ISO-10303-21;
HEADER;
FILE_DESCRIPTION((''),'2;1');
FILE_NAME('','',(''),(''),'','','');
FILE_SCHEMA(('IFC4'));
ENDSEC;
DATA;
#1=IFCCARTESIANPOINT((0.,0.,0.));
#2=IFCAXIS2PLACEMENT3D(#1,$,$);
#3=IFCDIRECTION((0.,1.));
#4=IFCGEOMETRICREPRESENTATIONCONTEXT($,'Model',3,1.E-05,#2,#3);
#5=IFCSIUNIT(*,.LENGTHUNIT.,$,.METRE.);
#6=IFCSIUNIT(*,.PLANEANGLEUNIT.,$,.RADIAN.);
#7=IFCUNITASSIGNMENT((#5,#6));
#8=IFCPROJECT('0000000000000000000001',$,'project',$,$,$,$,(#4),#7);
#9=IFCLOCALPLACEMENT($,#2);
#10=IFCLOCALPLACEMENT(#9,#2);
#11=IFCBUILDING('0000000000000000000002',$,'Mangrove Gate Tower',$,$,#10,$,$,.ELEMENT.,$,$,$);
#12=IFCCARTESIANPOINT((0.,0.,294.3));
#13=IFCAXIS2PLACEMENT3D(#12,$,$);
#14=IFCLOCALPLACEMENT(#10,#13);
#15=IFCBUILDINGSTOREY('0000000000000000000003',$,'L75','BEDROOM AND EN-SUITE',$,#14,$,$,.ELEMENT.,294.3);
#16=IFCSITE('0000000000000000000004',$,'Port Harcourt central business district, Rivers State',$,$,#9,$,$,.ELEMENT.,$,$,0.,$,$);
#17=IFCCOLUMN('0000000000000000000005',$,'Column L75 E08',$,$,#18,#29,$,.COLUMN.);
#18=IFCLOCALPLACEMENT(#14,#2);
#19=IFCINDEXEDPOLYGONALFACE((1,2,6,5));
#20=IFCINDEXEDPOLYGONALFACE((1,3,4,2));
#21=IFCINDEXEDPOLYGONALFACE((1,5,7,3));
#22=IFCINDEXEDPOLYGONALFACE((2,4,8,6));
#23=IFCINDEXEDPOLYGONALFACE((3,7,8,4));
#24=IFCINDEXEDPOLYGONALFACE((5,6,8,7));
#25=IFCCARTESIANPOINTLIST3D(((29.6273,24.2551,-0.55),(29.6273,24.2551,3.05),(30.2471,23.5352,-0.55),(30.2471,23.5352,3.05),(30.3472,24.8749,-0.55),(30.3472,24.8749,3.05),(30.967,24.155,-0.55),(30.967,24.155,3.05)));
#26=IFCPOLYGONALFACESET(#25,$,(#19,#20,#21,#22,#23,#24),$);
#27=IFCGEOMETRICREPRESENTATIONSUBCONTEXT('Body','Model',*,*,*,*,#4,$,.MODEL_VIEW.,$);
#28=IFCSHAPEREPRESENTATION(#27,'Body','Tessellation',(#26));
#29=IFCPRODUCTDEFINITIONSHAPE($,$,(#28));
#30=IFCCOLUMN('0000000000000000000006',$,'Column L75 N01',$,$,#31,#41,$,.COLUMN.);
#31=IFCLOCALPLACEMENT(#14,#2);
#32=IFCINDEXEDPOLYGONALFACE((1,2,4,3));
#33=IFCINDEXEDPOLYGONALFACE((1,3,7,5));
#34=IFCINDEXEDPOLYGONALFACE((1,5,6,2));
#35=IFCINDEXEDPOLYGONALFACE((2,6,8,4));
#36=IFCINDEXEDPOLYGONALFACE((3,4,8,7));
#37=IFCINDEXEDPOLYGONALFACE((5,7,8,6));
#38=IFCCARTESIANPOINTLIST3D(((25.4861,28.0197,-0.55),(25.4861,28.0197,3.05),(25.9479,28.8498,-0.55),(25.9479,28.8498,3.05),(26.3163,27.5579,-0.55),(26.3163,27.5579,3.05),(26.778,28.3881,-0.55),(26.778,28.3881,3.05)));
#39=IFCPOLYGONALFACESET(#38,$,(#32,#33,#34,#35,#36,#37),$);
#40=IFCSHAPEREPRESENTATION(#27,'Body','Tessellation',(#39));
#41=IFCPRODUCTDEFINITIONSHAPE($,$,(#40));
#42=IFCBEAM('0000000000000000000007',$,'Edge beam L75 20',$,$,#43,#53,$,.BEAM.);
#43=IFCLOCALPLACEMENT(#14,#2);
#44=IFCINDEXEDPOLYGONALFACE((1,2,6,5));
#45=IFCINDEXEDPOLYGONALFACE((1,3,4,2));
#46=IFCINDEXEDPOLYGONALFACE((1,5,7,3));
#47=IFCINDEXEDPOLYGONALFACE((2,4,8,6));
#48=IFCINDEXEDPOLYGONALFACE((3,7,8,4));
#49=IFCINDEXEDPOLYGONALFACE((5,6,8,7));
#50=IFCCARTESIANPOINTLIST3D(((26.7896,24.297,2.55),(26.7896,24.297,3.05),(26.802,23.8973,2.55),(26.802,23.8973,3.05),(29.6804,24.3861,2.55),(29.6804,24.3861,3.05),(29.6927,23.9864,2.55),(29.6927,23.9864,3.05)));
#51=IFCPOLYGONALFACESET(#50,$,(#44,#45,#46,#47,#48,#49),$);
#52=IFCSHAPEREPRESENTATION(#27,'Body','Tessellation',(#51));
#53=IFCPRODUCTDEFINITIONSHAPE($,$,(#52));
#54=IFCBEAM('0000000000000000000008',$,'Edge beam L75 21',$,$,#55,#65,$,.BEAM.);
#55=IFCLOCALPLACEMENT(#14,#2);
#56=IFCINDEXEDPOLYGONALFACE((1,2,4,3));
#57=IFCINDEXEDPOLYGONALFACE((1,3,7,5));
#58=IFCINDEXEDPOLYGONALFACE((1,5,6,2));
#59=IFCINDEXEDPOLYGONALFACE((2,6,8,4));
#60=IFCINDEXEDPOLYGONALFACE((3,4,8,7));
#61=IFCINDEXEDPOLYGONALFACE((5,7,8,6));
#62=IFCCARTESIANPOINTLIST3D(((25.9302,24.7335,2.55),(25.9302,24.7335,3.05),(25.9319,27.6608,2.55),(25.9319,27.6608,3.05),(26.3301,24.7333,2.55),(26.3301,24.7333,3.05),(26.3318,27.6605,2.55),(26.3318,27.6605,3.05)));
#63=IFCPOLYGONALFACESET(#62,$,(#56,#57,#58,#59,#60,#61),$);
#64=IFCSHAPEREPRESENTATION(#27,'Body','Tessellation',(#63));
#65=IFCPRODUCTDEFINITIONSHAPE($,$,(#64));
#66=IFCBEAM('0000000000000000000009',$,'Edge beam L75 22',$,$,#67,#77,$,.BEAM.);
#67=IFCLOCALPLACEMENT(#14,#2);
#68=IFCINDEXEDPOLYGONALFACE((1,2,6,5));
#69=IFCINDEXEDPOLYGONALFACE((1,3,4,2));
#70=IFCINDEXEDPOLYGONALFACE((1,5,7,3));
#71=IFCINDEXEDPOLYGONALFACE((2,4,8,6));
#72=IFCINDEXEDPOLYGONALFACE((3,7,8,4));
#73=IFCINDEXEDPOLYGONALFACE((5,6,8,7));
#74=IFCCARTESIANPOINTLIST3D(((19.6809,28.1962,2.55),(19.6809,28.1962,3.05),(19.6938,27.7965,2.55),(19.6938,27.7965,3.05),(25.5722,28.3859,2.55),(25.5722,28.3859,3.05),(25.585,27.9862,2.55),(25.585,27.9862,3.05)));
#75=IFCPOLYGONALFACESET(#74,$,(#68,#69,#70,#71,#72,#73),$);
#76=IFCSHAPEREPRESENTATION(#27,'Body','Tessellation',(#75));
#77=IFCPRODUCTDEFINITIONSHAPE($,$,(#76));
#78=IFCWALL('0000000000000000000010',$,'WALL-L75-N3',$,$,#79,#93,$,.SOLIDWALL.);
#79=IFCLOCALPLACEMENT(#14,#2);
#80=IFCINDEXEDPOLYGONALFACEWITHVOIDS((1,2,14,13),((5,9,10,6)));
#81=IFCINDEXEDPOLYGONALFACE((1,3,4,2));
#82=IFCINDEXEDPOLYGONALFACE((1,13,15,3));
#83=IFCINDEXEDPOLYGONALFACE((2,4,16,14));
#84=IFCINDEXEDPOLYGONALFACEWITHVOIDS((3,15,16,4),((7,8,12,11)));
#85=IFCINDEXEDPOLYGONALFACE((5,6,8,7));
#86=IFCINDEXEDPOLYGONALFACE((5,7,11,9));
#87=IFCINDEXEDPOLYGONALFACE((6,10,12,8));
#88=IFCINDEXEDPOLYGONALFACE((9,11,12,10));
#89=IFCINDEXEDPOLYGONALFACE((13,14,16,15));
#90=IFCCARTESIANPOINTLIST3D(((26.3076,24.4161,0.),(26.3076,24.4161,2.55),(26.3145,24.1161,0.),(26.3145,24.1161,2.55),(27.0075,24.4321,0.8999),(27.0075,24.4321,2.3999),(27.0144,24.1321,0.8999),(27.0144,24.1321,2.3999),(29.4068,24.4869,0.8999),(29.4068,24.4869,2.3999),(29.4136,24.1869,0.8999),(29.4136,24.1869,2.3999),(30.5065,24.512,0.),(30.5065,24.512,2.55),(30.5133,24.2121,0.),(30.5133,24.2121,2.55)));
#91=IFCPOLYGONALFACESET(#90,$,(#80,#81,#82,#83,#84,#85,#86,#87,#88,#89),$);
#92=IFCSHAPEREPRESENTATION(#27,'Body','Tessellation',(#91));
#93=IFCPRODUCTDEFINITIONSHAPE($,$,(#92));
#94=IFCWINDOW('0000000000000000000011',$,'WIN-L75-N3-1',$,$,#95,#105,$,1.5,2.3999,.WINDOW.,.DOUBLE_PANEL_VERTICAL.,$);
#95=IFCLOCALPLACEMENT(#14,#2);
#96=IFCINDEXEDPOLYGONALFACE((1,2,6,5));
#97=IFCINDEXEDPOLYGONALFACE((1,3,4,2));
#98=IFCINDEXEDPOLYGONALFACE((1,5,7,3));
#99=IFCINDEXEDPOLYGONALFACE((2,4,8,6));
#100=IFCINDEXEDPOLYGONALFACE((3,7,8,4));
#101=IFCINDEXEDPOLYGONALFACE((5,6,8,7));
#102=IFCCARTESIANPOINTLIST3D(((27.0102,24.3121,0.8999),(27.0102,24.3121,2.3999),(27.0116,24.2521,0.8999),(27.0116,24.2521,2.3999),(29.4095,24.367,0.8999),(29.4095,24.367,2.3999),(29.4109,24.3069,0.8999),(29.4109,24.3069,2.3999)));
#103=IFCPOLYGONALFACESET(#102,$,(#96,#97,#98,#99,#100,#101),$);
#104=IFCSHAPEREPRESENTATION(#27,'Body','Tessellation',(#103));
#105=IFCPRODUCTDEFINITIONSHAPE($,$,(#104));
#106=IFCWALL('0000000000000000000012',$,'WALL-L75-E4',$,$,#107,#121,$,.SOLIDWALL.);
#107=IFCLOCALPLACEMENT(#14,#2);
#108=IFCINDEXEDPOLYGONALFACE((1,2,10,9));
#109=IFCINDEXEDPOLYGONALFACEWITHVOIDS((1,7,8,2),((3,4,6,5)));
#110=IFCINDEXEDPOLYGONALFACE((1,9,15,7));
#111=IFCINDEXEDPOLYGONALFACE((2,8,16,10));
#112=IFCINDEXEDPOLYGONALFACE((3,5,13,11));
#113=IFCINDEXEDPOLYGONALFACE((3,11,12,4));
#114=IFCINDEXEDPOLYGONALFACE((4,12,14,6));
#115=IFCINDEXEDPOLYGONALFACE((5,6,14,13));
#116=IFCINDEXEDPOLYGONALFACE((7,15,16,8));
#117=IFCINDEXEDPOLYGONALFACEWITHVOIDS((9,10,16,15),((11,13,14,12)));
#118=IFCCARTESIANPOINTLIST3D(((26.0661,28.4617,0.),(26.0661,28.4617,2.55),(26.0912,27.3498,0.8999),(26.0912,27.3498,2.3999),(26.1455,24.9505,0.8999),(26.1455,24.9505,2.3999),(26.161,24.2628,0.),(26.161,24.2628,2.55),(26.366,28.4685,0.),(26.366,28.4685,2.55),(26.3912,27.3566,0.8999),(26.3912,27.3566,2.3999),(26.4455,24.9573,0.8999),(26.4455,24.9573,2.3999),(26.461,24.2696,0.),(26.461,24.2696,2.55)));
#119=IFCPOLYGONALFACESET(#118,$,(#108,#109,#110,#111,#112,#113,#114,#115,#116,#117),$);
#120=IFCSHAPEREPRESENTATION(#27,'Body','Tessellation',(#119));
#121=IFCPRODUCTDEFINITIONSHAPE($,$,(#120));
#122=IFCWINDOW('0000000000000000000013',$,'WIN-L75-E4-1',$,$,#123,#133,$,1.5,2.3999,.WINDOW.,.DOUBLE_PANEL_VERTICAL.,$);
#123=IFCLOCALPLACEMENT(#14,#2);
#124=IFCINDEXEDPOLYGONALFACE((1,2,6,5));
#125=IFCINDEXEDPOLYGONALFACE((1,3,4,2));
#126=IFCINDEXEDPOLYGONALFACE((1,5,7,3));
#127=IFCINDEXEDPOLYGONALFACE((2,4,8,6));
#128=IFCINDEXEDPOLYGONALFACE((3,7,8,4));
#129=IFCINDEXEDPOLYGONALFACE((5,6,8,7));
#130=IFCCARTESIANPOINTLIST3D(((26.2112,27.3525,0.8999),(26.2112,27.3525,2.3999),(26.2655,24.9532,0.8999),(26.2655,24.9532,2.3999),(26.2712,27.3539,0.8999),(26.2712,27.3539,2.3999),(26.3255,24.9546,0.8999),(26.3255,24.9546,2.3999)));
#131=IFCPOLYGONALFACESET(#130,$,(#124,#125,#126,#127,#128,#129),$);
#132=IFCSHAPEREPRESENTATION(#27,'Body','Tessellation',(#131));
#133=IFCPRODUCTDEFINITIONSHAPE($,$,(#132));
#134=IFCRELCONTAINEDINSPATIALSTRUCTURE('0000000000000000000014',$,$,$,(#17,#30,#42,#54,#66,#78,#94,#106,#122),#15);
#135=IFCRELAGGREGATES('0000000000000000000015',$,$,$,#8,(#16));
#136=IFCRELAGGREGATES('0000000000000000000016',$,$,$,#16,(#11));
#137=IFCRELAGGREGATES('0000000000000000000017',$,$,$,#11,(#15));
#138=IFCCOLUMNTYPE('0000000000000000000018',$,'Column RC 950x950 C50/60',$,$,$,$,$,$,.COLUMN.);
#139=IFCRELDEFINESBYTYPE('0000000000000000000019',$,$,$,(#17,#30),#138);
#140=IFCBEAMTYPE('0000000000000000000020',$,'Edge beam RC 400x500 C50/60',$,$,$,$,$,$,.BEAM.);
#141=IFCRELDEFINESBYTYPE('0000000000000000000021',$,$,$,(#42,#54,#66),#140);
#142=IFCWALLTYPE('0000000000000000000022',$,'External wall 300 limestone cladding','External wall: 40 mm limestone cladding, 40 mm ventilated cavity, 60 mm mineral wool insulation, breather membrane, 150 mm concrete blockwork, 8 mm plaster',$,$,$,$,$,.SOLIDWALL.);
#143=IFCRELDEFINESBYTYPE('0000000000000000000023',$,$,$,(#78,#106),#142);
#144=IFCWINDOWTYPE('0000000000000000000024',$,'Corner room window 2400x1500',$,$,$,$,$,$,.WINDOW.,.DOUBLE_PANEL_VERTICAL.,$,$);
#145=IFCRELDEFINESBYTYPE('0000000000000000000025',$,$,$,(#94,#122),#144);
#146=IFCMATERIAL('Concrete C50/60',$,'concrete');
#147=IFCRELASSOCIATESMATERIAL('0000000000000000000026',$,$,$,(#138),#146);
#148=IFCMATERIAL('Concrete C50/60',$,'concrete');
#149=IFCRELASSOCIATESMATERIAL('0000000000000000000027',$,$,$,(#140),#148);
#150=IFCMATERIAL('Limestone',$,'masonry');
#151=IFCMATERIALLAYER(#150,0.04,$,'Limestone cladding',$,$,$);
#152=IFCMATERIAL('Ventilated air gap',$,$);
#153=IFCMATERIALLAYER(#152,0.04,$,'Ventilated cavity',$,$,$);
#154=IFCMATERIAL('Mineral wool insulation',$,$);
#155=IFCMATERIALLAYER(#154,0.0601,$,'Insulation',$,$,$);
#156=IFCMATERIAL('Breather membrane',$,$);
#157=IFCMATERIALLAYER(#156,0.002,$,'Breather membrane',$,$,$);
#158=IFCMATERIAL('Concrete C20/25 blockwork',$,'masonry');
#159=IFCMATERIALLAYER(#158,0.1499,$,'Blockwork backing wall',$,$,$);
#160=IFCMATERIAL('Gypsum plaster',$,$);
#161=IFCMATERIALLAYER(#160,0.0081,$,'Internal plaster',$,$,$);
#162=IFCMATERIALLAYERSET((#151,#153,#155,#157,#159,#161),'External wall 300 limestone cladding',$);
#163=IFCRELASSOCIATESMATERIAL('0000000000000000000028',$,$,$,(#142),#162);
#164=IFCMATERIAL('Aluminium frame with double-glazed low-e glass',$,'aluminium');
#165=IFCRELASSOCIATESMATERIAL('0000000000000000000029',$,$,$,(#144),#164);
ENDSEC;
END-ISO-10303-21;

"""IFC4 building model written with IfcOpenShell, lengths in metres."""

from ifc_helpers import new_model, si_unit, direction, frame, frame_2d, origin, origin_2d, place, context, subcontext, project, spatial, rectangle, extrude, material, layer, layer_set, material_profile, profile_set, type_object, element, fill, save


model = new_model("IFC4")

# Units and contexts
model_context = context("Model", 3, precision=1e-05, world=origin(), true_north=direction((0.0, 1.0)))
body_context = subcontext(model_context, "Body", "Model", "MODEL_VIEW")
ifc_project = project(units=[si_unit("LENGTHUNIT", "METRE"), si_unit("PLANEANGLEUNIT", "RADIAN")], contexts=[model_context])

# Site, building, storey
site_placement = place(None, origin())
site = spatial("IfcSite", under=ifc_project, at=site_placement, Name="Port Harcourt central business district, Rivers State", CompositionType="ELEMENT", RefElevation=0.0)
building_placement = place(site_placement, origin())
building = spatial("IfcBuilding", under=site, at=building_placement, Name="Mangrove Gate Tower", CompositionType="ELEMENT")
storey_placement = place(building_placement, frame((0.0, 0.0, 294.3)))
storey = spatial("IfcBuildingStorey", under=building, at=storey_placement, Name="L75", Description="BEDROOM AND EN-SUITE", CompositionType="ELEMENT", Elevation=294.3)

# Columns
ifc_material_1 = material(Name="Concrete C50/60", Category="concrete")
ifc_material_profile_1 = material_profile(ifc_material_1, rectangle(XDim=0.95, YDim=0.95, at=origin_2d()))
ifc_profile_set_1 = profile_set([ifc_material_profile_1], Name="Concrete C50/60")
column_type = type_object("IfcColumnType", Name="Column RC 950x950 C50/60", PredefinedType="COLUMN", material=ifc_profile_set_1)
for number, where, z_axis, x_axis, name in (
    (1, (30.2971, 24.2051, -0.55), (0.0, 0.0, 1.0), (-0.652446, 0.757835, 0.0), "Column L75 E08"),
    (2, (26.1321, 28.2039, -0.55), (0.0, 0.0, 1.0), (-0.873907, 0.486093, 0.0), "Column L75 N01"),
):
    element("IfcColumn", number, at=place(storey_placement, frame(where, z_axis=z_axis, x_axis=x_axis)), inside=storey, type_object=column_type, Name=name, PredefinedType="COLUMN", context=body_context, shape_type="SweptSolid", body=[
        extrude(rectangle(XDim=0.95, YDim=0.95, at=origin_2d()), origin(), (0.0, 0.0, 1.0), 3.6001),
    ])

# Beams
ifc_material_2 = material(Name="Concrete C50/60", Category="concrete")
ifc_material_profile_2 = material_profile(ifc_material_2, rectangle(XDim=0.3999, YDim=0.5, at=origin_2d()))
ifc_profile_set_2 = profile_set([ifc_material_profile_2], Name="Concrete C50/60")
beam_type = type_object("IfcBeamType", Name="Edge beam RC 400x500 C50/60", PredefinedType="BEAM", material=ifc_profile_set_2)
beam_1_placement = place(storey_placement, frame((29.6865, 24.1863, 2.8), z_axis=(-0.999525, -0.030813, 0.0), x_axis=(0.030813, -0.999525, 0.0)))
element("IfcBeam", 3, at=beam_1_placement, inside=storey, type_object=beam_type, Name="Edge beam L75 20", PredefinedType="BEAM", context=body_context, shape_type="SweptSolid", body=[
    extrude(rectangle(XDim=0.3999, YDim=0.5, at=origin_2d()), origin(), (0.0, 0.0, 1.0), 2.8921),
])
beam_2_placement = place(storey_placement, frame((26.1301, 24.7334, 2.8), z_axis=(0.000584, 1.0, 0.0), x_axis=(-1.0, 0.000584, 0.0)))
element("IfcBeam", 4, at=beam_2_placement, inside=storey, type_object=beam_type, Name="Edge beam L75 21", PredefinedType="BEAM", context=body_context, shape_type="SweptSolid", body=[
    extrude(rectangle(XDim=0.3999, YDim=0.5, at=origin_2d()), origin(), (0.0, 0.0, 1.0), 2.9272),
])
beam_3_placement = place(storey_placement, frame((25.5786, 28.186, 2.8), z_axis=(-0.999482, -0.032184, 0.0), x_axis=(0.032184, -0.999482, 0.0)))
element("IfcBeam", 5, at=beam_3_placement, inside=storey, type_object=beam_type, Name="Edge beam L75 22", PredefinedType="BEAM", context=body_context, shape_type="SweptSolid", body=[
    extrude(rectangle(XDim=0.3999, YDim=0.5, at=origin_2d()), origin(), (0.0, 0.0, 1.0), 5.8943),
])

# Walls, openings, windows
ifc_material_3 = material(Name="Limestone", Category="masonry")
ifc_layer_1 = layer(ifc_material_3, 0.04, Name="Limestone cladding")
ifc_material_4 = material(Name="Ventilated air gap")
ifc_layer_2 = layer(ifc_material_4, 0.04, Name="Ventilated cavity")
ifc_material_5 = material(Name="Mineral wool insulation")
ifc_layer_3 = layer(ifc_material_5, 0.0601, Name="Insulation")
ifc_material_6 = material(Name="Breather membrane")
ifc_layer_4 = layer(ifc_material_6, 0.002, Name="Breather membrane")
ifc_material_7 = material(Name="Concrete C20/25 blockwork", Category="masonry")
ifc_layer_5 = layer(ifc_material_7, 0.1499, Name="Blockwork backing wall")
ifc_material_8 = material(Name="Gypsum plaster")
ifc_layer_6 = layer(ifc_material_8, 0.0081, Name="Internal plaster")
ifc_layer_set = layer_set([ifc_layer_1, ifc_layer_2, ifc_layer_3, ifc_layer_4, ifc_layer_5, ifc_layer_6], Name="External wall 300 limestone cladding")
wall_type = type_object("IfcWallType", Name="External wall 300 limestone cladding", Description="External wall: 40 mm limestone cladding, 40 mm ventilated cavity, 60 mm mineral wool insulation, breather membrane, 150 mm concrete blockwork, 8 mm plaster", PredefinedType="SOLIDWALL", material=ifc_layer_set)
wall_1_placement = place(storey_placement, frame((30.51, 24.3621, 0.0), z_axis=(0.0, 0.0, 1.0), x_axis=(-0.999739, -0.022844, 0.0)))
wall_1 = element("IfcWall", 6, at=wall_1_placement, inside=storey, type_object=wall_type, Name="WALL-L75-N3", PredefinedType="SOLIDWALL", context=body_context, shape_type="SweptSolid", body=[
    extrude(rectangle(XDim=4.2, YDim=0.3, at=frame_2d((2.1001, 0.0))), origin(), (0.0, 0.0, 1.0), 2.55),
])
opening_1_placement = place(wall_1_placement, frame((1.1001, 0.0, 0.8999)))
opening_1 = element("IfcOpeningElement", 7, at=opening_1_placement, cuts=wall_1, PredefinedType="OPENING", context=body_context, shape_type="SweptSolid", body=[
    extrude(rectangle(XDim=2.3999, YDim=1.5, at=frame_2d((1.2, 0.75))), frame((0.0, 0.1599, 0.0), z_axis=(0.0, -1.0, 0.0), x_axis=(1.0, 0.0, 0.0)), (0.0, 0.0, 1.0), 0.3201),
])
ifc_material_9 = material(Name="Aluminium frame with double-glazed low-e glass", Category="aluminium")
window_type_1 = type_object("IfcWindowType", Name="Corner room window 2400x1500", PartitioningType="DOUBLE_PANEL_VERTICAL", PredefinedType="WINDOW", material=ifc_material_9)
window_1_placement = place(opening_1_placement, origin())
window_1 = element("IfcWindow", 8, at=window_1_placement, inside=storey, type_object=window_type_1, Name="WIN-L75-N3-1", OverallHeight=1.5, OverallWidth=2.3999, PartitioningType="DOUBLE_PANEL_VERTICAL", PredefinedType="WINDOW", context=body_context, shape_type="SweptSolid", body=[
    extrude(rectangle(XDim=2.3999, YDim=1.5, at=frame_2d((1.2, 0.75))), frame((0.0, 0.03, 0.0), z_axis=(0.0, -1.0, 0.0), x_axis=(1.0, 0.0, 0.0)), (0.0, 0.0, 1.0), 0.0601),
])
fill(opening_1, window_1)
wall_2_placement = place(storey_placement, frame((26.311, 24.2661, 0.0), z_axis=(0.0, 0.0, 1.0), x_axis=(-0.022612, 0.999744, 0.0)))
wall_2 = element("IfcWall", 9, at=wall_2_placement, inside=storey, type_object=wall_type, Name="WALL-L75-E4", PredefinedType="SOLIDWALL", context=body_context, shape_type="SweptSolid", body=[
    extrude(rectangle(XDim=4.2, YDim=0.3, at=frame_2d((2.1001, 0.0))), origin(), (0.0, 0.0, 1.0), 2.55),
])
opening_2_placement = place(wall_2_placement, frame((0.688, 0.0, 0.8999)))
opening_2 = element("IfcOpeningElement", 10, at=opening_2_placement, cuts=wall_2, PredefinedType="OPENING", context=body_context, shape_type="SweptSolid", body=[
    extrude(rectangle(XDim=2.3999, YDim=1.5, at=frame_2d((1.2, 0.75))), frame((0.0, 0.1599, 0.0), z_axis=(0.0, -1.0, 0.0), x_axis=(1.0, 0.0, 0.0)), (0.0, 0.0, 1.0), 0.3201),
])
window_2_placement = place(opening_2_placement, origin())
window_2 = element("IfcWindow", 11, at=window_2_placement, inside=storey, type_object=window_type_1, Name="WIN-L75-E4-1", OverallHeight=1.5, OverallWidth=2.3999, PartitioningType="DOUBLE_PANEL_VERTICAL", PredefinedType="WINDOW", context=body_context, shape_type="SweptSolid", body=[
    extrude(rectangle(XDim=2.3999, YDim=1.5, at=frame_2d((1.2, 0.75))), frame((0.0, 0.03, 0.0), z_axis=(0.0, -1.0, 0.0), x_axis=(1.0, 0.0, 0.0)), (0.0, 0.0, 1.0), 0.0601),
])
fill(opening_2, window_2)

save(model, "model.ifc")
